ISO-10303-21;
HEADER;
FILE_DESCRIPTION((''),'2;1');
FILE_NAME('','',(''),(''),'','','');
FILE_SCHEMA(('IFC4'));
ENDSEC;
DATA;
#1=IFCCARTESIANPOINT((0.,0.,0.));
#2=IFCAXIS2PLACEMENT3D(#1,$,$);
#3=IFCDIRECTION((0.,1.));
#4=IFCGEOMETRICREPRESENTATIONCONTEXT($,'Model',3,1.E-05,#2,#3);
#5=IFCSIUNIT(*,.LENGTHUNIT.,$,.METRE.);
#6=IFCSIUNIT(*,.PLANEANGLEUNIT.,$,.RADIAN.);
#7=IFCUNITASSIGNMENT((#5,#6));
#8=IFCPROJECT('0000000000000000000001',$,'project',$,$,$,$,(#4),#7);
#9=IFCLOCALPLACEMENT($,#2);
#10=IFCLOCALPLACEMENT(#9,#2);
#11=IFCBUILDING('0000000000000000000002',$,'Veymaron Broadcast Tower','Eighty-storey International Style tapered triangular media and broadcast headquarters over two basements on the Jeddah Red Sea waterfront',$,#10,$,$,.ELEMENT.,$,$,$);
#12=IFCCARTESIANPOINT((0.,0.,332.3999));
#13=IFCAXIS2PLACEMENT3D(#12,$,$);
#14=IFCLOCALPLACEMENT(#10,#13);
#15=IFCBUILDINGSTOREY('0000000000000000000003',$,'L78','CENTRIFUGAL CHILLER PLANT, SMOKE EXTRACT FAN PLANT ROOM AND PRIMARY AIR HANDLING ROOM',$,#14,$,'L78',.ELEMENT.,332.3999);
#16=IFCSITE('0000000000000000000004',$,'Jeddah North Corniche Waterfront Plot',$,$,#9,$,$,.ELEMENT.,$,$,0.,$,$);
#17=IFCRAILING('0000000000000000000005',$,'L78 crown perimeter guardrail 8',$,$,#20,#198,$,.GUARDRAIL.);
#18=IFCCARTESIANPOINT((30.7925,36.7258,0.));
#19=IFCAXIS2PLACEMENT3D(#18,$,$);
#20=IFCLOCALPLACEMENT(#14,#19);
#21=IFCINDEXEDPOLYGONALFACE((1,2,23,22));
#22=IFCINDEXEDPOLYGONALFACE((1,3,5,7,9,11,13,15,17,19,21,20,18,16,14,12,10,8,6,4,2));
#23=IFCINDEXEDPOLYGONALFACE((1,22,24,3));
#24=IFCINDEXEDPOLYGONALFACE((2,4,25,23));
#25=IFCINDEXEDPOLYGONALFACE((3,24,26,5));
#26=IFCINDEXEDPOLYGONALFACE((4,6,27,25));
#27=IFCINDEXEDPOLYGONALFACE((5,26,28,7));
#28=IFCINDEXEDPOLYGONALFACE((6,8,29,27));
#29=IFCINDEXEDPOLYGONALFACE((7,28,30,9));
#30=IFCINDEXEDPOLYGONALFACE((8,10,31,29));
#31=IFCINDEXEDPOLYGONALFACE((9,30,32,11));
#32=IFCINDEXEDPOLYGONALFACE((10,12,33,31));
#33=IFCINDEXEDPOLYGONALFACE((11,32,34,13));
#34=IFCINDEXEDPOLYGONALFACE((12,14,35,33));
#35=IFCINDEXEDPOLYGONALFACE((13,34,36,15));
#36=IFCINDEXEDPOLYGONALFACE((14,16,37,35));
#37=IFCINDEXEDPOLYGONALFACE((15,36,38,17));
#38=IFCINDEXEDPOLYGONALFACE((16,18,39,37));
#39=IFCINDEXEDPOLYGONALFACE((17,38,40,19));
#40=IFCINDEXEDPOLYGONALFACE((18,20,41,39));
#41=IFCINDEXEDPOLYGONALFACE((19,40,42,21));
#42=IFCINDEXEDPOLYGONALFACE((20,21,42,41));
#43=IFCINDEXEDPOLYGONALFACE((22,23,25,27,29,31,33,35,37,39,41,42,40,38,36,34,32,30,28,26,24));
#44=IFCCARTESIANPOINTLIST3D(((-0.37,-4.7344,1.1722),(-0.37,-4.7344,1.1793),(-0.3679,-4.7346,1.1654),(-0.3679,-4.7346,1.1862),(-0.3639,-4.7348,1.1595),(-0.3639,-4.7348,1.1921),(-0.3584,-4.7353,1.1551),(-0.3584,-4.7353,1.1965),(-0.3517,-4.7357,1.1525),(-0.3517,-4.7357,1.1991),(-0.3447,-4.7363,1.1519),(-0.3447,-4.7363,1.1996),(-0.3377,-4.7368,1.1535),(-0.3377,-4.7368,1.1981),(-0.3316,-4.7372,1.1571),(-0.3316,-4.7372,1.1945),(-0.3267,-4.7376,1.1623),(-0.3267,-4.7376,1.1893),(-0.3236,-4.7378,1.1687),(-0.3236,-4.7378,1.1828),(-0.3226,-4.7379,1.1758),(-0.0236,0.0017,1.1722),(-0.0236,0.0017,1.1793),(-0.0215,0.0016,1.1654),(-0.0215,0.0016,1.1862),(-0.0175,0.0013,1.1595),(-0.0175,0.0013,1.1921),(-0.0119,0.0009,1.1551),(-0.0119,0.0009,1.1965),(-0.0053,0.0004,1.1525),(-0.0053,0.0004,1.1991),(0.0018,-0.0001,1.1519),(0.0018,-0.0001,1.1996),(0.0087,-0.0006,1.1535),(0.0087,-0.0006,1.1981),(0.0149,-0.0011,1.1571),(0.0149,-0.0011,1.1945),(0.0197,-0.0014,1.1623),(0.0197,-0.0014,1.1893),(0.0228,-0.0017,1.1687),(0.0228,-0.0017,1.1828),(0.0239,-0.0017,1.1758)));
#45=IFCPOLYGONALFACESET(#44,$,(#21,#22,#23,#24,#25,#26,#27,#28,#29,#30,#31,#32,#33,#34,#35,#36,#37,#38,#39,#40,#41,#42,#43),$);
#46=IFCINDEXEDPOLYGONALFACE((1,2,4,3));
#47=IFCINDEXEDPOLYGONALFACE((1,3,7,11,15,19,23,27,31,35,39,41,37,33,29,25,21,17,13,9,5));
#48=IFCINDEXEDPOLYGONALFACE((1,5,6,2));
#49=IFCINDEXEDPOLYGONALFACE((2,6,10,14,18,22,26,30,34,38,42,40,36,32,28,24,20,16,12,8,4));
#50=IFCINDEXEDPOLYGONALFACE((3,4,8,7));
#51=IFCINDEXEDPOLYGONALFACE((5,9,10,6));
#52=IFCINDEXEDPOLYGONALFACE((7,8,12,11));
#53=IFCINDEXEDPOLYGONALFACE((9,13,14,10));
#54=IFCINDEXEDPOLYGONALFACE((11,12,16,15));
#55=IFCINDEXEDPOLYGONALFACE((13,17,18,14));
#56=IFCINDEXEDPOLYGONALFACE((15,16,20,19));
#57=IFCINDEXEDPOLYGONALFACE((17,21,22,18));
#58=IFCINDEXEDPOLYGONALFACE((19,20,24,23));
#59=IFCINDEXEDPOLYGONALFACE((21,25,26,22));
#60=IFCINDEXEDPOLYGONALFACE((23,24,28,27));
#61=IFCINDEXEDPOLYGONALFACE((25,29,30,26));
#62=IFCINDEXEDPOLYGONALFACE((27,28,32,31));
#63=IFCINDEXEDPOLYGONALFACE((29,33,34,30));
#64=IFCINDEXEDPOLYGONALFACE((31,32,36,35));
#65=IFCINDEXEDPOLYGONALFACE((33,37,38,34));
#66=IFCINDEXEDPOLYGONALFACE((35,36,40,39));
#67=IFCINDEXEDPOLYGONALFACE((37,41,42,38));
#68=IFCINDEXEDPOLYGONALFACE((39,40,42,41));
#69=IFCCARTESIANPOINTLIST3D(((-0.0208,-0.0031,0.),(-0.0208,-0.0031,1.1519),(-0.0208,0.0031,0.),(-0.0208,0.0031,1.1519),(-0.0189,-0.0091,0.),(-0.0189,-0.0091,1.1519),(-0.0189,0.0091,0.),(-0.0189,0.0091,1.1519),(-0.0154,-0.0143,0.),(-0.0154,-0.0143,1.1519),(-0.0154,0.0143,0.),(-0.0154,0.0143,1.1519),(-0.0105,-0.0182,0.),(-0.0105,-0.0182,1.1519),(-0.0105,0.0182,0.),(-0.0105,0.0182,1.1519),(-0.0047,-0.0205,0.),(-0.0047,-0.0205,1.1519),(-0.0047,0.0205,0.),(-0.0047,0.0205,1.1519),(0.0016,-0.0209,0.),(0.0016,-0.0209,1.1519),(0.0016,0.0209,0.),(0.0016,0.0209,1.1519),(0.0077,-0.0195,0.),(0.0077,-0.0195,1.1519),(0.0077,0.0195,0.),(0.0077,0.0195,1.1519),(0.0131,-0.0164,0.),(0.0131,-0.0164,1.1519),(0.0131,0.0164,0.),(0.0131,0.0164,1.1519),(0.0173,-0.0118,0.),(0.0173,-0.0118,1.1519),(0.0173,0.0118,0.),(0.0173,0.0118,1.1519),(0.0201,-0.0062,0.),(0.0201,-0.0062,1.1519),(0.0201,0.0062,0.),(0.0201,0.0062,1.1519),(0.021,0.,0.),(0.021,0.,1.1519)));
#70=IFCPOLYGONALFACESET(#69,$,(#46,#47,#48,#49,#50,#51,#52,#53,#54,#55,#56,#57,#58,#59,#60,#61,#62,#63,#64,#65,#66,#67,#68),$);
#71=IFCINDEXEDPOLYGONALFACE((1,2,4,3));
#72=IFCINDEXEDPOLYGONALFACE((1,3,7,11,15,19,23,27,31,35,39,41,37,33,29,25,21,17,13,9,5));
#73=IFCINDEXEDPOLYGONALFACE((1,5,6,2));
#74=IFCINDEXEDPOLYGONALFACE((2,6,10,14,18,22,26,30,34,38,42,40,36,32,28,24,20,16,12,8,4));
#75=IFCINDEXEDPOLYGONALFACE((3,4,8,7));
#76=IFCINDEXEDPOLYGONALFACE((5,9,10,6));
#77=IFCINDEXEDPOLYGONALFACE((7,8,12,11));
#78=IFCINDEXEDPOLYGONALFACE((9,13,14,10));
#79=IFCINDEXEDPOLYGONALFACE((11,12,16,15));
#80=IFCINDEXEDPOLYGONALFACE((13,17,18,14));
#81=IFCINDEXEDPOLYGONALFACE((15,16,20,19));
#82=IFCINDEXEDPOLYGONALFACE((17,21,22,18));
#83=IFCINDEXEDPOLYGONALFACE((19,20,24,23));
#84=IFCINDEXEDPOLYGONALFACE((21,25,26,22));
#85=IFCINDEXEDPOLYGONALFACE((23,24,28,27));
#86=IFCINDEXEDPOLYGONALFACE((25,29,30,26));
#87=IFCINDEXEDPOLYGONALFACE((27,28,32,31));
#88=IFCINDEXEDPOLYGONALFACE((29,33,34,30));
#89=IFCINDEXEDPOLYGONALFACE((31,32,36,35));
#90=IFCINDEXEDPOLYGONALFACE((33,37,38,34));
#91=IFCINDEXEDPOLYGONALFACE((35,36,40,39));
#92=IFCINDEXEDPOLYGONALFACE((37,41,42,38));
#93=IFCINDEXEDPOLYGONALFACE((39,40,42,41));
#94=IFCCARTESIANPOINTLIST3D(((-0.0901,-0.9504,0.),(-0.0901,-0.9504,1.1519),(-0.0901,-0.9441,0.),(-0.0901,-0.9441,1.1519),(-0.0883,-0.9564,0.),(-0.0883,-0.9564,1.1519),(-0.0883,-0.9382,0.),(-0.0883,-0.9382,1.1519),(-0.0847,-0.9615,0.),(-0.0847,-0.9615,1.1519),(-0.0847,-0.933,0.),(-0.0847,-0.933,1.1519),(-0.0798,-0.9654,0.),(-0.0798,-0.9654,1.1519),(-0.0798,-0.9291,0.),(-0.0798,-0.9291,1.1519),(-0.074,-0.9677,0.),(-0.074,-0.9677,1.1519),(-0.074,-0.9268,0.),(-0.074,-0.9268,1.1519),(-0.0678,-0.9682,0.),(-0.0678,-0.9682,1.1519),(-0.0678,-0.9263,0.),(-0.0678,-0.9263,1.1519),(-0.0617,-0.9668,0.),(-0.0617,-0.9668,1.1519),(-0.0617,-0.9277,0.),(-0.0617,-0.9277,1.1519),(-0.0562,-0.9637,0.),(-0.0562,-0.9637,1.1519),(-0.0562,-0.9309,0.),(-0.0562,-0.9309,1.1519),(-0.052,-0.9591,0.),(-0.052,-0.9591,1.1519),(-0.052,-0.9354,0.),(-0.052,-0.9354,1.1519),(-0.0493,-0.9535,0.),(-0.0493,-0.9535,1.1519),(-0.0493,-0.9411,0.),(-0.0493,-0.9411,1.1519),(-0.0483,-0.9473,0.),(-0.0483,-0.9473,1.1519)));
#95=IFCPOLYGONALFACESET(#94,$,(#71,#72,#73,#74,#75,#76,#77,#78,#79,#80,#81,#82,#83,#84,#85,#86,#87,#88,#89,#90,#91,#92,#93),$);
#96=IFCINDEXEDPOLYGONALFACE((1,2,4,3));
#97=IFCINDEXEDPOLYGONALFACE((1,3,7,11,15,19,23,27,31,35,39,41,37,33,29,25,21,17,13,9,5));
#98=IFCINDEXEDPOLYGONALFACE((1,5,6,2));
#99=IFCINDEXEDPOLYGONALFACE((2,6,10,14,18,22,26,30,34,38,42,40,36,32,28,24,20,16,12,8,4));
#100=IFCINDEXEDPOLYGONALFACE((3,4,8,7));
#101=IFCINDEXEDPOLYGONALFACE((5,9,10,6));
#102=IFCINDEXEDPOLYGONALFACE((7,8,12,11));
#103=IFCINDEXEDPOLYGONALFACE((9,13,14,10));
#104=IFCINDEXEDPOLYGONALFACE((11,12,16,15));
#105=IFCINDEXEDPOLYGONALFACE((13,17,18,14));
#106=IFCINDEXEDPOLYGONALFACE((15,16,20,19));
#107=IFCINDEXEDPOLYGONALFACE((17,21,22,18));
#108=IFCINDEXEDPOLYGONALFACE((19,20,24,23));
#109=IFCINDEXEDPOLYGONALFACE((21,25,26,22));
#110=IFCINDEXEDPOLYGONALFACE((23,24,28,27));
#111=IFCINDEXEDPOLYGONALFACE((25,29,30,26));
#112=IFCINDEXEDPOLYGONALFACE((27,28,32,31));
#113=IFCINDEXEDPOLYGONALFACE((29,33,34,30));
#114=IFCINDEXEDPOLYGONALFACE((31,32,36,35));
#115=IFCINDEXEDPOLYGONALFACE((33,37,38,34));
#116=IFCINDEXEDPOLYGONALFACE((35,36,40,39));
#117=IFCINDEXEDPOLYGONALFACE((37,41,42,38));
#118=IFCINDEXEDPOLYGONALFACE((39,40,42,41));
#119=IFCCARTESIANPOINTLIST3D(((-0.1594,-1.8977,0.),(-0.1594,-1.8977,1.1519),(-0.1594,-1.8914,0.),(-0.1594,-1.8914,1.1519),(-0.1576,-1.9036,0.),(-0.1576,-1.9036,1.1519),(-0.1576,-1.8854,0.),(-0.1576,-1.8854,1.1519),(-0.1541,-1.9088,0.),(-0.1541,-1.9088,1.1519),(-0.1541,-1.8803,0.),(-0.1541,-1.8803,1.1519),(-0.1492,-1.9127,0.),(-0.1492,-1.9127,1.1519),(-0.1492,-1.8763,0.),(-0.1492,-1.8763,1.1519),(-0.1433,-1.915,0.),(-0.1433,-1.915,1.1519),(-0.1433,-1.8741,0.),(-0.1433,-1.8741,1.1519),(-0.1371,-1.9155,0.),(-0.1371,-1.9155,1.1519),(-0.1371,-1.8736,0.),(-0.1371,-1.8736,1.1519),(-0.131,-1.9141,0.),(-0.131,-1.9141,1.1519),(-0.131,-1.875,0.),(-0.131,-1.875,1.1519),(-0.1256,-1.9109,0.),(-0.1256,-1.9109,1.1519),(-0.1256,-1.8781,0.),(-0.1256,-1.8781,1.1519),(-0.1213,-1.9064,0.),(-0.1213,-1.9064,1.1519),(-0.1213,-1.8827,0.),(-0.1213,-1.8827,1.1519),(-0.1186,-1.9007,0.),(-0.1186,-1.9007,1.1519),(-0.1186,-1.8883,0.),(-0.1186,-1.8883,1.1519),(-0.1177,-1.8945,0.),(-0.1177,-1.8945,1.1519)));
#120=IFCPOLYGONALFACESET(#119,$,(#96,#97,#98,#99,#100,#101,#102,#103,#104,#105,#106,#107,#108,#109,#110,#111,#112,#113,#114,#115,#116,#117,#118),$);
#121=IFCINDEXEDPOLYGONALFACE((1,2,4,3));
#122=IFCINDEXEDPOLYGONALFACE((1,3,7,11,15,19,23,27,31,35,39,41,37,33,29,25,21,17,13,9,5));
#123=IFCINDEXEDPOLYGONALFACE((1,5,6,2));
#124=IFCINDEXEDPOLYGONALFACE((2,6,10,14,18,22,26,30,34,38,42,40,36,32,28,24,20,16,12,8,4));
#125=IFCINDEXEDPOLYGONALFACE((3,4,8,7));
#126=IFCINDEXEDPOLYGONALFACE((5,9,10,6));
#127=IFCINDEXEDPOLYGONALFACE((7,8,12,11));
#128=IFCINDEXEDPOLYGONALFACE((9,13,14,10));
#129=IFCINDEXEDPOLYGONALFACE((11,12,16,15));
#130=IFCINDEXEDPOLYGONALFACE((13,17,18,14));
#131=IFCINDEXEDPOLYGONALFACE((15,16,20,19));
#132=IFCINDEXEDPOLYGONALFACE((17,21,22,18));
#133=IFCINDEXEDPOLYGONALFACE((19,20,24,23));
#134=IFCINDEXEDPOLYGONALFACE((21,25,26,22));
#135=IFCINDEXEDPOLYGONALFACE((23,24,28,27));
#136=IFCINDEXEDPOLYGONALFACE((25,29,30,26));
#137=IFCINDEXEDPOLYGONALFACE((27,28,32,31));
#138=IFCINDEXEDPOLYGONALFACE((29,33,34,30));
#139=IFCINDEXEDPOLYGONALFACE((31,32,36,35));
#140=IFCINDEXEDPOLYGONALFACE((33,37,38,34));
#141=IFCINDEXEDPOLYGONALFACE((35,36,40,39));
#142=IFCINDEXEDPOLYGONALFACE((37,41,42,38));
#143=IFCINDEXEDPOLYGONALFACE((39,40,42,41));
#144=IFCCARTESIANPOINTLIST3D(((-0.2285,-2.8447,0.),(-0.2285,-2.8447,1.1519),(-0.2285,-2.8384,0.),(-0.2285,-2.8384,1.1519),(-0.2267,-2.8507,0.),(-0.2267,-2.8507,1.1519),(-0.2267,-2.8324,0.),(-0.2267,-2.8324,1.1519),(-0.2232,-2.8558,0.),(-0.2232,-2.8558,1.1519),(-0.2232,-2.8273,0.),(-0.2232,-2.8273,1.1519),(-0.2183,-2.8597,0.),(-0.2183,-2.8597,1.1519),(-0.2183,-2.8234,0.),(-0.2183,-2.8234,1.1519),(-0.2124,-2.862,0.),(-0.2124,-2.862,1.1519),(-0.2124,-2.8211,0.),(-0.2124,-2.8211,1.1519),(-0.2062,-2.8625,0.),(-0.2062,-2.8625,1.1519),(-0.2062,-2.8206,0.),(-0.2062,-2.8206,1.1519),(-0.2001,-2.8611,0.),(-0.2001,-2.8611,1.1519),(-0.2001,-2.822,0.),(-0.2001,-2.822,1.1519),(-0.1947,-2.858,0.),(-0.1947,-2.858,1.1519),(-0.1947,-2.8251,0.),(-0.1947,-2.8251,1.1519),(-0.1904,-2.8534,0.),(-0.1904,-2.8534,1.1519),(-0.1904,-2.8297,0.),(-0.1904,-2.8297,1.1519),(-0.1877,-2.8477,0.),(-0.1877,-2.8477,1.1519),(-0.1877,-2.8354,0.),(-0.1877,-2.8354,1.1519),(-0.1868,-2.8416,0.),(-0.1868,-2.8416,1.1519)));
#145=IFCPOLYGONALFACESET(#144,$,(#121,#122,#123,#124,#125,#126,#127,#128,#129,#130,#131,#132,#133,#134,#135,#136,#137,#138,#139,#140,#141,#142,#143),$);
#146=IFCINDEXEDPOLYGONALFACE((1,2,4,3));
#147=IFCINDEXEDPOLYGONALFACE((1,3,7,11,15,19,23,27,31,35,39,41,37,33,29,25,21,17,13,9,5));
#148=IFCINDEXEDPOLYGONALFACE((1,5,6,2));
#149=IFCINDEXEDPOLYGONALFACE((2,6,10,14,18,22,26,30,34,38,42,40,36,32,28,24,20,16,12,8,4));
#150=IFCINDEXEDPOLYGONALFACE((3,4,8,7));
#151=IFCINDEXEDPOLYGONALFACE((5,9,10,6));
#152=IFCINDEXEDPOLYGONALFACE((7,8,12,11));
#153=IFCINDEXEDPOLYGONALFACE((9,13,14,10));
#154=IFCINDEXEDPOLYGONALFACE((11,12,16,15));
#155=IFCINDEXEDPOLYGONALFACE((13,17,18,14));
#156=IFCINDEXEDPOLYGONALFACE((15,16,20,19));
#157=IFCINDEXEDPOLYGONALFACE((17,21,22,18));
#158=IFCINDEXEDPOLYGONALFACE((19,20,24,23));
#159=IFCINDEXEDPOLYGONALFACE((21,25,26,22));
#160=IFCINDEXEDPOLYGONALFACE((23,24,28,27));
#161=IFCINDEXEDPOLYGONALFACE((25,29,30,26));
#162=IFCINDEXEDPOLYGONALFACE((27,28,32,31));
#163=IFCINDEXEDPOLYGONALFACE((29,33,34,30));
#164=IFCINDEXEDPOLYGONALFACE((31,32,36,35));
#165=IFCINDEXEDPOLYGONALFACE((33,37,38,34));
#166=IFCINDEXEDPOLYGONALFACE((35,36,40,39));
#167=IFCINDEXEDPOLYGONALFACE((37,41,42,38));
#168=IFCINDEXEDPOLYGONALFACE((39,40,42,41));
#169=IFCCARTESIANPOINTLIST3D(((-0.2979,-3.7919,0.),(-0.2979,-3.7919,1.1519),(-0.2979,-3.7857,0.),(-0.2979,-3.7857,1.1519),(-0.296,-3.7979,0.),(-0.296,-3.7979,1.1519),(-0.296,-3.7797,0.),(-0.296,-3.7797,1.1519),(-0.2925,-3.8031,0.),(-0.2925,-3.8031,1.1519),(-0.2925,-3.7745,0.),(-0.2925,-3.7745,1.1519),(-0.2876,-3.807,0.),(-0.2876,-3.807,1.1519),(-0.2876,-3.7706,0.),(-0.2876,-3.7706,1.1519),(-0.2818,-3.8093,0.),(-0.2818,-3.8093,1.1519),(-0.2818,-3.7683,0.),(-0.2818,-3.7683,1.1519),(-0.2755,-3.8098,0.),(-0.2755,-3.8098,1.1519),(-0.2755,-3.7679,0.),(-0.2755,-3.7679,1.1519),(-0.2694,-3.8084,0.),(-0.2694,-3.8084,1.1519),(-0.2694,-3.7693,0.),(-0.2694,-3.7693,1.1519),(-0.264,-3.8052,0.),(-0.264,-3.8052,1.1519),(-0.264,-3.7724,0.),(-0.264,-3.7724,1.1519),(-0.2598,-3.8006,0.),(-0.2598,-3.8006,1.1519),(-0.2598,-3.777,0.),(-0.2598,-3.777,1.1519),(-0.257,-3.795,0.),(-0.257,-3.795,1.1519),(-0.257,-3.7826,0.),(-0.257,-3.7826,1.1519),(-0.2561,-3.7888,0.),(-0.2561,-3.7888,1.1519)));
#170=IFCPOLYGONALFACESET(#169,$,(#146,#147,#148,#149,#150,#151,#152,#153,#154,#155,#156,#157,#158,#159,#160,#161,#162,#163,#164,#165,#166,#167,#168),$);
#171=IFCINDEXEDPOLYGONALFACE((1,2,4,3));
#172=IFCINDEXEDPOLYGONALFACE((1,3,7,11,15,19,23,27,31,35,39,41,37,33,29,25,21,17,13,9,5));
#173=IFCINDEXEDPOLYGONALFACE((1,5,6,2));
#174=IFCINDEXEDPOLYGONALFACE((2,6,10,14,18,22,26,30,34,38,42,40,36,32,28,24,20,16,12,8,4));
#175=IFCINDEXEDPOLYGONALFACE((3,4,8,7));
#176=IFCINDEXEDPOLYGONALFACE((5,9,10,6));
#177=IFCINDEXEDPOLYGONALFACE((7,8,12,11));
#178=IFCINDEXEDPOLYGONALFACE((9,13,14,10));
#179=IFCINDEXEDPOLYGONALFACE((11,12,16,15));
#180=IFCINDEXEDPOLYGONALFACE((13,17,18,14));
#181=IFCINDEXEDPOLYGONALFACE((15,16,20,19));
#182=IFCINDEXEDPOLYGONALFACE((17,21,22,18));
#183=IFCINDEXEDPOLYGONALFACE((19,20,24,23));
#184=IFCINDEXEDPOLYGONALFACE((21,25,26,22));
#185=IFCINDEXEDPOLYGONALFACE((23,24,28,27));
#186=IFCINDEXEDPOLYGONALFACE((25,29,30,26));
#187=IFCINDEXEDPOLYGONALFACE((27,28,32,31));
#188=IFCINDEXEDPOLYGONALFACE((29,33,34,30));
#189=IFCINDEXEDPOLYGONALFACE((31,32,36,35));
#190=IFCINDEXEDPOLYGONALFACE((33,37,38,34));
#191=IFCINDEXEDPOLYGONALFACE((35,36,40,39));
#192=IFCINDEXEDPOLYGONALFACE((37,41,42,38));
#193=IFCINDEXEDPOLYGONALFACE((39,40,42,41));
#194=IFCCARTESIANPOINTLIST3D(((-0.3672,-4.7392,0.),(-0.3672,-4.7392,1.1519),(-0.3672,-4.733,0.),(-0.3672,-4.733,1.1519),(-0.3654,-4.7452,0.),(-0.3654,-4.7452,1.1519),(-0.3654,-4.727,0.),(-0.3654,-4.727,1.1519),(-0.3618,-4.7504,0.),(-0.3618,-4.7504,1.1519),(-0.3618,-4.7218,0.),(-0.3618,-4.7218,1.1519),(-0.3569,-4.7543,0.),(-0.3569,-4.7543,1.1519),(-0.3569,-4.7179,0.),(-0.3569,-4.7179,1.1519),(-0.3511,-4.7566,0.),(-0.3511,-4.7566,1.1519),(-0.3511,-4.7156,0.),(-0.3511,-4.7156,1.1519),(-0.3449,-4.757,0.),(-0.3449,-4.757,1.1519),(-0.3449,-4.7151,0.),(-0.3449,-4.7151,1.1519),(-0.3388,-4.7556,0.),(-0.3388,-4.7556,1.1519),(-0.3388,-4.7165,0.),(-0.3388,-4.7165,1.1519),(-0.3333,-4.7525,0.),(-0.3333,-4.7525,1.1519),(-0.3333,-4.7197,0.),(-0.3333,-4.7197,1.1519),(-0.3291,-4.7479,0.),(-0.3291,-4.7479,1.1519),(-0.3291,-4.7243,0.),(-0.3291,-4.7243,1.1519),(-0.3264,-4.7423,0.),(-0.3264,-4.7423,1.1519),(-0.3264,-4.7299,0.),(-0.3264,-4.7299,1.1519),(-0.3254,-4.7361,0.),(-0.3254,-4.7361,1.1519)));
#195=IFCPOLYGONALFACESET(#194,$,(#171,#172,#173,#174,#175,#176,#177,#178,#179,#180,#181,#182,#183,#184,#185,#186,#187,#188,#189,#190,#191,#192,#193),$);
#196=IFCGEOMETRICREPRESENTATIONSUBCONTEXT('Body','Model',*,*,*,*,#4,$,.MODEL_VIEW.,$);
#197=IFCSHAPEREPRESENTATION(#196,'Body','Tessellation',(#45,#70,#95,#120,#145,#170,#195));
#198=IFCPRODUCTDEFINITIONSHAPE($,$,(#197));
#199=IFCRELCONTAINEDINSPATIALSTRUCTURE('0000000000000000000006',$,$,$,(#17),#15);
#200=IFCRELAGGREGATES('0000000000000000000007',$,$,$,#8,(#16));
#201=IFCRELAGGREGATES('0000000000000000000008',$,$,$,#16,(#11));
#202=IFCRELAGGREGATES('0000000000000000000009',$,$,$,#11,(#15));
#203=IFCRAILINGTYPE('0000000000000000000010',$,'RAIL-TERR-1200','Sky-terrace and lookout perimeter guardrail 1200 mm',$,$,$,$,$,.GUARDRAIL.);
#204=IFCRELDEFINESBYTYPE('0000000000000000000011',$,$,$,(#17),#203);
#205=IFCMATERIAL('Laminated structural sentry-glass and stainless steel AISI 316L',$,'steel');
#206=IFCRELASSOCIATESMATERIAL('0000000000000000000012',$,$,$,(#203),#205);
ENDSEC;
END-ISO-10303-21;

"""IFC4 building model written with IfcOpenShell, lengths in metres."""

from ifc_helpers import new_model, si_unit, direction, frame, origin, origin_2d, place, context, subcontext, project, spatial, circle, extrude, material, type_object, element, save


model = new_model("IFC4")

# Units and contexts
model_context = context("Model", 3, precision=1e-05, world=origin(), true_north=direction((0.0, 1.0)))
body_context = subcontext(model_context, "Body", "Model", "MODEL_VIEW")
ifc_project = project(units=[si_unit("LENGTHUNIT", "METRE"), si_unit("PLANEANGLEUNIT", "RADIAN")], contexts=[model_context])

# Site, building, storey
site_placement = place(None, origin())
site = spatial("IfcSite", under=ifc_project, at=site_placement, Name="Jeddah North Corniche Waterfront Plot", CompositionType="ELEMENT", RefElevation=0.0)
building_placement = place(site_placement, origin())
building = spatial("IfcBuilding", under=site, at=building_placement, Name="Veymaron Broadcast Tower", Description="Eighty-storey International Style tapered triangular media and broadcast headquarters over two basements on the Jeddah Red Sea waterfront", CompositionType="ELEMENT")
storey_placement = place(building_placement, frame((0.0, 0.0, 332.3999)))
storey = spatial("IfcBuildingStorey", under=building, at=storey_placement, Name="L78", Description="CENTRIFUGAL CHILLER PLANT, SMOKE EXTRACT FAN PLANT ROOM AND PRIMARY AIR HANDLING ROOM", LongName="L78", CompositionType="ELEMENT", Elevation=332.3999)

# Railing
ifc_material_1 = material(Name="Laminated structural sentry-glass and stainless steel AISI 316L", Category="steel")
railing_type = type_object("IfcRailingType", Name="RAIL-TERR-1200", Description="Sky-terrace and lookout perimeter guardrail 1200 mm", PredefinedType="GUARDRAIL", material=ifc_material_1)
railing_1_placement = place(storey_placement, frame((30.7925, 36.7258, 0.0)))
element("IfcRailing", 1, at=railing_1_placement, inside=storey, type_object=railing_type, Name="L78 crown perimeter guardrail 8", PredefinedType="GUARDRAIL", context=body_context, shape_type="SweptSolid", body=[
    extrude(circle(Radius=0.0239, at=origin_2d()), frame((0.0, 0.0, 1.1758), z_axis=(-0.072953, -0.997335, 0.0), x_axis=(0.997335, -0.072953, 0.0)), (0.0, 0.0, 1.0), 4.7488),
    extrude(circle(Radius=0.021, at=origin_2d()), origin(), (0.0, 0.0, 1.0), 1.1519),
    extrude(circle(Radius=0.021, at=origin_2d()), frame((-0.0693, -0.9473, 0.0)), (0.0, 0.0, 1.0), 1.1519),
    extrude(circle(Radius=0.021, at=origin_2d()), frame((-0.1387, -1.8945, 0.0)), (0.0, 0.0, 1.0), 1.1519),
    extrude(circle(Radius=0.021, at=origin_2d()), frame((-0.2078, -2.8416, 0.0)), (0.0, 0.0, 1.0), 1.1519),
    extrude(circle(Radius=0.021, at=origin_2d()), frame((-0.2771, -3.7888, 0.0)), (0.0, 0.0, 1.0), 1.1519),
    extrude(circle(Radius=0.021, at=origin_2d()), frame((-0.3464, -4.7361, 0.0)), (0.0, 0.0, 1.0), 1.1519),
])

save(model, "model.ifc")
